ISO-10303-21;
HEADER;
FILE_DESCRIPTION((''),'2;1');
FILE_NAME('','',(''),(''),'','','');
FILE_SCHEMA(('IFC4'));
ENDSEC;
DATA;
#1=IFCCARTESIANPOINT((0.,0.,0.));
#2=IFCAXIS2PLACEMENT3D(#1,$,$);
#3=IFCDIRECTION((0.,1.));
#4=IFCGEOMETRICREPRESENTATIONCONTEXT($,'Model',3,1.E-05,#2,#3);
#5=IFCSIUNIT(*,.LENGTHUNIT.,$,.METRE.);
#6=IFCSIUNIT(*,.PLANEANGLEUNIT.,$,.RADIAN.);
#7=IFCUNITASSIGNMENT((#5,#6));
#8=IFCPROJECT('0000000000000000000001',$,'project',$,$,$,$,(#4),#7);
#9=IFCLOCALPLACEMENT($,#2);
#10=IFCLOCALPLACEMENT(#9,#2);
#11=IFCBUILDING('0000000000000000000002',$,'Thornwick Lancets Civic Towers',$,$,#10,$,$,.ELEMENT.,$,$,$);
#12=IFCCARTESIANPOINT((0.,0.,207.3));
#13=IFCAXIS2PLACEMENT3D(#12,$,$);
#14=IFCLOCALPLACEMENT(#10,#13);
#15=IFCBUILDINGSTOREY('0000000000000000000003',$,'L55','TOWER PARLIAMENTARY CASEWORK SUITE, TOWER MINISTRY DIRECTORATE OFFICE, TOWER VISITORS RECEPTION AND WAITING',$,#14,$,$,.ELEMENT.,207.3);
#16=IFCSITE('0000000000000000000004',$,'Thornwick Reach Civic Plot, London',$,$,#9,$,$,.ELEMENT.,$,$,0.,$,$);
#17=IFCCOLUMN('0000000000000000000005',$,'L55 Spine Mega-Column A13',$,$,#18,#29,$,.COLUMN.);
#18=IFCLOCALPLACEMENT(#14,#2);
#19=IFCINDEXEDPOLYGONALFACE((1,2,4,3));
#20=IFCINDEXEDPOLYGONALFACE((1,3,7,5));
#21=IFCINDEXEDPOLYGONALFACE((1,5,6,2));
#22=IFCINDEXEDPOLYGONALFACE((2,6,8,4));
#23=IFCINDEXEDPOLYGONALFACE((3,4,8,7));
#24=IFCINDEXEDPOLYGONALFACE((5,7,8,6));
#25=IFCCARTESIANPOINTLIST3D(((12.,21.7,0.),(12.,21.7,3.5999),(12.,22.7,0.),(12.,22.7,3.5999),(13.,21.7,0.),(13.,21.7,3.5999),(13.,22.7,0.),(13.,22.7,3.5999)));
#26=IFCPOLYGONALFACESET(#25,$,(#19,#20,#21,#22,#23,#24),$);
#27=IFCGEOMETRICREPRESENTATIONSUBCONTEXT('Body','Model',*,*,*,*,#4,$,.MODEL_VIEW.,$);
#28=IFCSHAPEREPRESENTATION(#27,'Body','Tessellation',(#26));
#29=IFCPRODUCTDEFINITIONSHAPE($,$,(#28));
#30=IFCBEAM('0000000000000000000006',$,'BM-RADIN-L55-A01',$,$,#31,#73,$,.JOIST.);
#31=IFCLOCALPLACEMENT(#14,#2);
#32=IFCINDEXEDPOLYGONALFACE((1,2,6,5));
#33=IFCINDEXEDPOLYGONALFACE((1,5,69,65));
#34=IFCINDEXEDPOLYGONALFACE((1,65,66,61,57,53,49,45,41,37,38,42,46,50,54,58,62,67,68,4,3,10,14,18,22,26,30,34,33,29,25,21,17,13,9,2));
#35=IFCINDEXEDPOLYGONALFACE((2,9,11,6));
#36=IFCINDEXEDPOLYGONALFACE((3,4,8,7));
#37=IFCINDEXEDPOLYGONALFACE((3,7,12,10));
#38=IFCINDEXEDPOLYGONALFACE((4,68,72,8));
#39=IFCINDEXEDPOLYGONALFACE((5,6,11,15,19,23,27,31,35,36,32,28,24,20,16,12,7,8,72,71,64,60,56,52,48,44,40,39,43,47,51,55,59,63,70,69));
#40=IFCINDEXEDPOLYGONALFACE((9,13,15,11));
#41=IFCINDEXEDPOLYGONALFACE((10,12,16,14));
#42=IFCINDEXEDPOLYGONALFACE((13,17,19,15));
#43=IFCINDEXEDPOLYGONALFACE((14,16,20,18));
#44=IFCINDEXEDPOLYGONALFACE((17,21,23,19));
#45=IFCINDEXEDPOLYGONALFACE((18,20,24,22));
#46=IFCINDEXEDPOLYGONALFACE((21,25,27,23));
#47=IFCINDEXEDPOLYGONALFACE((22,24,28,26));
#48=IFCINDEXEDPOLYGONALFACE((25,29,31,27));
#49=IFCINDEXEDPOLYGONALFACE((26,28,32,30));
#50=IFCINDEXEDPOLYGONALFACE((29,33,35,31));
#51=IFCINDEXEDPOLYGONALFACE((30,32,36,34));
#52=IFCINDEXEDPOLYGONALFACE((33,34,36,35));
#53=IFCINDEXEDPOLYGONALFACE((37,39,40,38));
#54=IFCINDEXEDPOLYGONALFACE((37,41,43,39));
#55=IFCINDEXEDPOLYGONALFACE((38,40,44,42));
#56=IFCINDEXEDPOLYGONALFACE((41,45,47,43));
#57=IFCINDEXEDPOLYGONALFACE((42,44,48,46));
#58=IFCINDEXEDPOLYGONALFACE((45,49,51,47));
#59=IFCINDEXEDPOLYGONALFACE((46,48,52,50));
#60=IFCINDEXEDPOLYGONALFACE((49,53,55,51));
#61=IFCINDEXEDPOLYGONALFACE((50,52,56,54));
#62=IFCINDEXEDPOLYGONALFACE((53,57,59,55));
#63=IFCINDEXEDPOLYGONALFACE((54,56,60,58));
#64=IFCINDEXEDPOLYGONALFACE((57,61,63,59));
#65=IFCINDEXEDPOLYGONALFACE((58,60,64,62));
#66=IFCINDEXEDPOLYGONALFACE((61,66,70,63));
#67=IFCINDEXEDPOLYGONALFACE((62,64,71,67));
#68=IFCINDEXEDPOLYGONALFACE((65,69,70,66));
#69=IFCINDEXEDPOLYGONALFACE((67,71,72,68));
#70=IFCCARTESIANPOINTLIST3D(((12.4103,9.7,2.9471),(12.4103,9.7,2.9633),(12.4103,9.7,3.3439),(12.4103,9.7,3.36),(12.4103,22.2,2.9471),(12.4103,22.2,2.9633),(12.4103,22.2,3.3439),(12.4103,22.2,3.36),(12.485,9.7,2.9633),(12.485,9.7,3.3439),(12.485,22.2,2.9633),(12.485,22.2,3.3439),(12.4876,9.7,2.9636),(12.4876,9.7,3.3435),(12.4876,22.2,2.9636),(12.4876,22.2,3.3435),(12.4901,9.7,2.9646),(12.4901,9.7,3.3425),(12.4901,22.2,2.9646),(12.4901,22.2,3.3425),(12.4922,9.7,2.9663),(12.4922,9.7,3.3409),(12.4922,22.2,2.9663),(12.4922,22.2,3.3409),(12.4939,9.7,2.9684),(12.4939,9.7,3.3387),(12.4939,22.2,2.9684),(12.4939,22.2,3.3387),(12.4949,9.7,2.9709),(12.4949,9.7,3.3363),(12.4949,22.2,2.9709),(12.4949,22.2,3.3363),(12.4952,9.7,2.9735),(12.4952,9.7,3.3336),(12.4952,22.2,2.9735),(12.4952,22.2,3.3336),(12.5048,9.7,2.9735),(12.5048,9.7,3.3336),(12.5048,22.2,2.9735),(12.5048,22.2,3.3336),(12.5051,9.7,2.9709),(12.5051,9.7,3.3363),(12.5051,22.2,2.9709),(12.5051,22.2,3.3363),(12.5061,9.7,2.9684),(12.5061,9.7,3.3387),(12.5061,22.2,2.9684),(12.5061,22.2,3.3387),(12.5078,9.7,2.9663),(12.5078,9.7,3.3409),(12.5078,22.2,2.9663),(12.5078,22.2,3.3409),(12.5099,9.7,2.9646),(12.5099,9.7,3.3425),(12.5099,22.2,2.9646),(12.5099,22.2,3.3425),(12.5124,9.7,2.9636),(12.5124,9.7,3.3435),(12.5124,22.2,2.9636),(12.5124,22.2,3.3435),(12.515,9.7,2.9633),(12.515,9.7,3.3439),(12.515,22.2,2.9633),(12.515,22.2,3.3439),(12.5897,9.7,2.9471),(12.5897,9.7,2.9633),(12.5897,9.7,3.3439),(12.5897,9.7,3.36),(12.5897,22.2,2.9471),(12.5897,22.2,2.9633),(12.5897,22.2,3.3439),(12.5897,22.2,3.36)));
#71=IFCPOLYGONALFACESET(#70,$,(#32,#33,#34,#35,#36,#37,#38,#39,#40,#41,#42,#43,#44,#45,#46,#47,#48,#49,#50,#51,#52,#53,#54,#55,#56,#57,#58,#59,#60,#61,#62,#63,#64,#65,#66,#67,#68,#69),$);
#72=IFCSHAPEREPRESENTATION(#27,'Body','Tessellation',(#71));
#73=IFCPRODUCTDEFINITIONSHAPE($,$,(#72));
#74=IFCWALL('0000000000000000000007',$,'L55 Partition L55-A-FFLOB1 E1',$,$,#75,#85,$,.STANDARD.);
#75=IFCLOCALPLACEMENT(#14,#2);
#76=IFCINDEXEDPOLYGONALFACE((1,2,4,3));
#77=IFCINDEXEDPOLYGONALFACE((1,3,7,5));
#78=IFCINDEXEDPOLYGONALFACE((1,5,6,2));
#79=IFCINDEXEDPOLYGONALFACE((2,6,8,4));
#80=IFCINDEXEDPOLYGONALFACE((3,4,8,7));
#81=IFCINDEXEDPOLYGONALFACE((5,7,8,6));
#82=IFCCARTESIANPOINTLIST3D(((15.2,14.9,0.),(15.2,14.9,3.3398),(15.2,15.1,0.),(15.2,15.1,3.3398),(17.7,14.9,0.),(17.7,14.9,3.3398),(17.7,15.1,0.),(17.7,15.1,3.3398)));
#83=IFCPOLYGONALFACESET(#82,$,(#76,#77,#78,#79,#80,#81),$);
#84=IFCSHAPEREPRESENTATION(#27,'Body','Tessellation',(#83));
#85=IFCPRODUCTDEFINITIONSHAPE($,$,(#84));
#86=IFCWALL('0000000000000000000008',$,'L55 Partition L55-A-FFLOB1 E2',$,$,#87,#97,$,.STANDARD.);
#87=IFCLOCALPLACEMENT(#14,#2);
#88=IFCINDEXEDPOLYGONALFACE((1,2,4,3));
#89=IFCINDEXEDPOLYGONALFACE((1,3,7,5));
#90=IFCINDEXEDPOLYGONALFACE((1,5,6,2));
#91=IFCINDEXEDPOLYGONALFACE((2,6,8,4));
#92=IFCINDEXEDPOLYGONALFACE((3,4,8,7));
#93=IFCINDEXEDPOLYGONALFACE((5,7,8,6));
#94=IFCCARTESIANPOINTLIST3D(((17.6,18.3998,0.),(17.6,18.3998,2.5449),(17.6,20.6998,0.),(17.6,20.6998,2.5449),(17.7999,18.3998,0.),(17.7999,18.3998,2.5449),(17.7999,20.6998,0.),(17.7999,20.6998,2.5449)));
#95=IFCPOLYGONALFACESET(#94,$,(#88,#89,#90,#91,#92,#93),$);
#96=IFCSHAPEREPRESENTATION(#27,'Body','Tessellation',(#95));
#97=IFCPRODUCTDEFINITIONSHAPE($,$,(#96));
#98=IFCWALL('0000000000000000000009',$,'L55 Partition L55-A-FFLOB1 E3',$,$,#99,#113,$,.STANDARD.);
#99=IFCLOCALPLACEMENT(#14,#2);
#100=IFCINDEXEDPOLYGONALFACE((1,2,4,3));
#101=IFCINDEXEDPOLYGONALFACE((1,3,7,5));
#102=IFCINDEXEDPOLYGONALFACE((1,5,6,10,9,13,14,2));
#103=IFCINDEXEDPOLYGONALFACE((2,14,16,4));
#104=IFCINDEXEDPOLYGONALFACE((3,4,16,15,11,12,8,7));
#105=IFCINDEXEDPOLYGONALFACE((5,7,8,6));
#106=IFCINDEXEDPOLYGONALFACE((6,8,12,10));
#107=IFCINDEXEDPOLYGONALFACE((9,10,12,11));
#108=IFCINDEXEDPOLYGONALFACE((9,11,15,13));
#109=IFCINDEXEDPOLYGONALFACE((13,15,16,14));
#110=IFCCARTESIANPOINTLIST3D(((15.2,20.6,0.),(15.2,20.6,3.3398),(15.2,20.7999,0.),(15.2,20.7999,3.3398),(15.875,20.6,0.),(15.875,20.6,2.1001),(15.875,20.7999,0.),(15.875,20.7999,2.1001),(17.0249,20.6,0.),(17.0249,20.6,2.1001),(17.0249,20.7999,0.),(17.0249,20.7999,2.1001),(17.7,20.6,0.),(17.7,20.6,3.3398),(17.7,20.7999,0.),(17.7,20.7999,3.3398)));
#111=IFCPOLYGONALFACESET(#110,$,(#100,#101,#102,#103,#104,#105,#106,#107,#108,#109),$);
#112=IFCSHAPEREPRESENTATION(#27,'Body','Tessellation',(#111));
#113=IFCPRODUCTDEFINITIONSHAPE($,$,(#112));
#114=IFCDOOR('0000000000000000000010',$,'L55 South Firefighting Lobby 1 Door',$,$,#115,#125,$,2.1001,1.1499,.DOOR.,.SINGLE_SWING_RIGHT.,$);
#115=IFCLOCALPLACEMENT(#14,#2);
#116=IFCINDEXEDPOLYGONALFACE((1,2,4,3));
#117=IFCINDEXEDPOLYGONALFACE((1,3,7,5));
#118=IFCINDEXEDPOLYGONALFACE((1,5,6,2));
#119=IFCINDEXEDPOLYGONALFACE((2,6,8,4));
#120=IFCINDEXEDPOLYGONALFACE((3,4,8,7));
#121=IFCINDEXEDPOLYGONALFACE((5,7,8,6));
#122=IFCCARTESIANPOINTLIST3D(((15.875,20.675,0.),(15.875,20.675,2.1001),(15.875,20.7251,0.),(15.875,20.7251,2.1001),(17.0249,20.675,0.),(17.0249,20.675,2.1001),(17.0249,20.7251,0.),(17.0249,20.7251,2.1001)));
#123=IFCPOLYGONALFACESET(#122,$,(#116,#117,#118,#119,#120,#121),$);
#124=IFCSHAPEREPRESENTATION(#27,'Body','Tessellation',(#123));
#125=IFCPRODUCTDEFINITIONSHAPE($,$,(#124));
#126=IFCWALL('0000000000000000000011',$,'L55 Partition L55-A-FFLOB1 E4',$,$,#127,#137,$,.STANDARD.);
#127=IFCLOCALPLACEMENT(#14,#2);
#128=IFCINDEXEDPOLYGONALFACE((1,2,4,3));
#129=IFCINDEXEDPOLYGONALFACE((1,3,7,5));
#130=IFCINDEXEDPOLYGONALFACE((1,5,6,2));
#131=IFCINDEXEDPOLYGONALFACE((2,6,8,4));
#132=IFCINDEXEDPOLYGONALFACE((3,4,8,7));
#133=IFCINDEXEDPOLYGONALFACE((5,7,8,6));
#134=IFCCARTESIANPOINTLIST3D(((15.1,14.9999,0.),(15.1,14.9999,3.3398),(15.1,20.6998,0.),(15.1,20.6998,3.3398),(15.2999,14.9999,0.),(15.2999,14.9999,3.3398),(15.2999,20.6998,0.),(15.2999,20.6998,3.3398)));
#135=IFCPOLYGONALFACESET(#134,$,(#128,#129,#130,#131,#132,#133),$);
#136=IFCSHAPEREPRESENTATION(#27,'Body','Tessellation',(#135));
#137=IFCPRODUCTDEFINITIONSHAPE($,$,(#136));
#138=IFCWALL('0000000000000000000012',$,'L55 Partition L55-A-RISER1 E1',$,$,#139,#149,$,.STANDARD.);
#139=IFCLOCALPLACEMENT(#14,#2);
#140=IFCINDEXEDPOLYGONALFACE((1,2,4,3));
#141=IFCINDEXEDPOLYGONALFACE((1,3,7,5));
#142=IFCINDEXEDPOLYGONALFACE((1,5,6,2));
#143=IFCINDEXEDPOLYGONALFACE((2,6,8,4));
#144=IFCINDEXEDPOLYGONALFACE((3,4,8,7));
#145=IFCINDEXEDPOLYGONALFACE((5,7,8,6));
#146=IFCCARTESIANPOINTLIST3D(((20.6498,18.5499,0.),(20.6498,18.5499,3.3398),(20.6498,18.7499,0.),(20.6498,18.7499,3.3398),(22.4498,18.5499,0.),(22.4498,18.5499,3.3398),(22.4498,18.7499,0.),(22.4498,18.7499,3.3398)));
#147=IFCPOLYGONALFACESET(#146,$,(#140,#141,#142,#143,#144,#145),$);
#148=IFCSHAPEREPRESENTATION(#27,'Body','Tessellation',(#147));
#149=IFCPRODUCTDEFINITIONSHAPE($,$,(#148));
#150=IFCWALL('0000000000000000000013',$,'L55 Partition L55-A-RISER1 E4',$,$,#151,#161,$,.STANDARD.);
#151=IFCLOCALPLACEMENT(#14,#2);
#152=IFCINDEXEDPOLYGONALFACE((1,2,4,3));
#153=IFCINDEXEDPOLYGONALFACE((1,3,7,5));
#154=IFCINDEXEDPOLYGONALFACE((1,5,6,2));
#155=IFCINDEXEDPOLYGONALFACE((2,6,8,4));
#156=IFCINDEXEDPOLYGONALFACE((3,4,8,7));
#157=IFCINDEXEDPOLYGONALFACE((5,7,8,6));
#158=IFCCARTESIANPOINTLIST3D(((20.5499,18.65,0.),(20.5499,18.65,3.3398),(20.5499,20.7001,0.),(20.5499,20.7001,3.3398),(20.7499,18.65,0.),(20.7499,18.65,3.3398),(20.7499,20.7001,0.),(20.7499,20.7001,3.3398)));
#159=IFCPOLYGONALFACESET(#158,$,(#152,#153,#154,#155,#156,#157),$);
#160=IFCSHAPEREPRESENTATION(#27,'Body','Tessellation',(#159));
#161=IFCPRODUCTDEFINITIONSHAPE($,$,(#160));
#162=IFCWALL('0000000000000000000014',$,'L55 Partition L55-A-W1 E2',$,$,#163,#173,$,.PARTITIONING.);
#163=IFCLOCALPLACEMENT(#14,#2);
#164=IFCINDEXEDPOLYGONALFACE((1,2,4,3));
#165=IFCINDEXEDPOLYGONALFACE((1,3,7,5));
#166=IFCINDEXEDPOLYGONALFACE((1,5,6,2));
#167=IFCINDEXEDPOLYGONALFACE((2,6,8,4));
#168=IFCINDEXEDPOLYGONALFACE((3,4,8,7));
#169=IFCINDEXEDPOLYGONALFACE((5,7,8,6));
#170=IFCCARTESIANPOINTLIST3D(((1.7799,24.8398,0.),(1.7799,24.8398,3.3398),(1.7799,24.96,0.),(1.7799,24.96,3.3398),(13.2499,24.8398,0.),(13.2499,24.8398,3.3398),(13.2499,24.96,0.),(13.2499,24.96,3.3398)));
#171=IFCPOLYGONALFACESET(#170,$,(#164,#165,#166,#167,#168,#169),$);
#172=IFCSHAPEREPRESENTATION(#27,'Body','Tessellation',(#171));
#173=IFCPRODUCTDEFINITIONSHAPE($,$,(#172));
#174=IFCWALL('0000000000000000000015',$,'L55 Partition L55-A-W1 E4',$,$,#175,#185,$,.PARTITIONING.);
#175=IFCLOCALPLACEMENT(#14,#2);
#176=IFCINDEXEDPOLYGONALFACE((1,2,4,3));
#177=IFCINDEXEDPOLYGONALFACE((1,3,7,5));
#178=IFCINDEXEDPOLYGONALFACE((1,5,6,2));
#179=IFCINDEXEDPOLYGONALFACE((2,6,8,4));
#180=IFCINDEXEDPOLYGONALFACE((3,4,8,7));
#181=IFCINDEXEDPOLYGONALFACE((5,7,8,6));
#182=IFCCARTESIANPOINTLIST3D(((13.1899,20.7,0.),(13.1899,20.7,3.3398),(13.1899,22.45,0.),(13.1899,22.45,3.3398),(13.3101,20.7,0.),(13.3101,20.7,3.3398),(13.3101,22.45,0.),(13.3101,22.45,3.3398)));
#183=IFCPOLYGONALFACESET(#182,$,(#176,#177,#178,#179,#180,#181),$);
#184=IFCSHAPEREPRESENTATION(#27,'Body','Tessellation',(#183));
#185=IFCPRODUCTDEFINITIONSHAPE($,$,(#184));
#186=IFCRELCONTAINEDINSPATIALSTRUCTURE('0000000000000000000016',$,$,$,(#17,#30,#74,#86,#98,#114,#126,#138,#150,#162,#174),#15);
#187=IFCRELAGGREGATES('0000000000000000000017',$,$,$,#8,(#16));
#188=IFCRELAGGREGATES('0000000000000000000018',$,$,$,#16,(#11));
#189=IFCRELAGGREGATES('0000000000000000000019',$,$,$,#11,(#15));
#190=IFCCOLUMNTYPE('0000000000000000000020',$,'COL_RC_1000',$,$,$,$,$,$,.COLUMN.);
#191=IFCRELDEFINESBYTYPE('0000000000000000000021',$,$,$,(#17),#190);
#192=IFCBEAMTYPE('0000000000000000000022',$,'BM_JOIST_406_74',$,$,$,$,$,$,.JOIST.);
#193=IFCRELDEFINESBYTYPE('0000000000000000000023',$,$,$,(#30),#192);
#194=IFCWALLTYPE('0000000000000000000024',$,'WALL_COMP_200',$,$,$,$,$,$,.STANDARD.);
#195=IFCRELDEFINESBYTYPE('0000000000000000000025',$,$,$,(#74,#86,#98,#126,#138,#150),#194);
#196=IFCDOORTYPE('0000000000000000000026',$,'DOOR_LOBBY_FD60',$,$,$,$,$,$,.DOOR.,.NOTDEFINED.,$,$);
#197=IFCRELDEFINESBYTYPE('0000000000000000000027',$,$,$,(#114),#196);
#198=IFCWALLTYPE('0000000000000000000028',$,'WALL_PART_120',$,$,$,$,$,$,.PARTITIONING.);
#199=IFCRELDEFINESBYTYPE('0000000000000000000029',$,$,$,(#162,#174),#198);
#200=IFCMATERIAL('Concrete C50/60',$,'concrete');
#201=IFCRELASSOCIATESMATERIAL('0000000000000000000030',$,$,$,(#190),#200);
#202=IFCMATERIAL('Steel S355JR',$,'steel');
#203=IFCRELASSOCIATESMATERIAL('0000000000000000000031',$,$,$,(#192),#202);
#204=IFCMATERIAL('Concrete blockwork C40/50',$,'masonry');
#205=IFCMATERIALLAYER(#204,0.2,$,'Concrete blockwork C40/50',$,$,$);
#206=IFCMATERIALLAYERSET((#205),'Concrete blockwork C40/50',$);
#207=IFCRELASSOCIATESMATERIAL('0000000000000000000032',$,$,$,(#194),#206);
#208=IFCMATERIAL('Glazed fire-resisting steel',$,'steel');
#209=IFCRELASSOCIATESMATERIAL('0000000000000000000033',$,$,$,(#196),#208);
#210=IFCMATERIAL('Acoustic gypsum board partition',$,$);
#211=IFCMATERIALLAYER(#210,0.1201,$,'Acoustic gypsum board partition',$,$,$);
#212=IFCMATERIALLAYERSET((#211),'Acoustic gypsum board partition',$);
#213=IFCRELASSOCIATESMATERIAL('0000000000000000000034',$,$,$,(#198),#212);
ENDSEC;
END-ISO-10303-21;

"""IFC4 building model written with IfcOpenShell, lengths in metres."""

from ifc_helpers import new_model, si_unit, direction, frame, frame_2d, origin, origin_2d, place, context, subcontext, project, spatial, rectangle, i_section, extrude, material, layer, layer_set, material_profile, profile_set, type_object, element, fill, save


model = new_model("IFC4")

# Units and contexts
model_context = context("Model", 3, precision=1e-05, world=origin(), true_north=direction((0.0, 1.0)))
body_context = subcontext(model_context, "Body", "Model", "MODEL_VIEW")
ifc_project = project(units=[si_unit("LENGTHUNIT", "METRE"), si_unit("PLANEANGLEUNIT", "RADIAN")], contexts=[model_context])

# Site, building, storey
site_placement = place(None, origin())
site = spatial("IfcSite", under=ifc_project, at=site_placement, Name="Thornwick Reach Civic Plot, London", CompositionType="ELEMENT", RefElevation=0.0)
building_placement = place(site_placement, origin())
building = spatial("IfcBuilding", under=site, at=building_placement, Name="Thornwick Lancets Civic Towers", CompositionType="ELEMENT")
storey_placement = place(building_placement, frame((0.0, 0.0, 207.3)))
storey = spatial("IfcBuildingStorey", under=building, at=storey_placement, Name="L55", Description="TOWER PARLIAMENTARY CASEWORK SUITE, TOWER MINISTRY DIRECTORATE OFFICE, TOWER VISITORS RECEPTION AND WAITING", CompositionType="ELEMENT", Elevation=207.3)

# Column
ifc_material_1 = material(Name="Concrete C50/60", Category="concrete")
ifc_material_profile_1 = material_profile(ifc_material_1, rectangle(XDim=1.0, YDim=1.0, at=origin_2d()), Name="RC 1000x1000")
ifc_profile_set_1 = profile_set([ifc_material_profile_1], Name="Concrete C50/60")
column_type = type_object("IfcColumnType", Name="COL_RC_1000", PredefinedType="COLUMN", material=ifc_profile_set_1)
column_placement = place(storey_placement, frame((12.5, 22.2, 0.0), z_axis=(0.0, 0.0, 1.0), x_axis=(1.0, 0.0, 0.0)))
element("IfcColumn", 1, at=column_placement, inside=storey, type_object=column_type, Name="L55 Spine Mega-Column A13", PredefinedType="COLUMN", context=body_context, shape_type="SweptSolid", body=[
    extrude(rectangle(XDim=1.0, YDim=1.0, at=origin_2d()), origin(), (0.0, 0.0, 1.0), 3.5999),
])

# Beam
ifc_material_2 = material(Name="Steel S355JR", Category="steel")
ifc_material_profile_2 = material_profile(ifc_material_2, i_section(OverallWidth=0.1794, OverallDepth=0.4128, WebThickness=0.0095, FlangeThickness=0.0161, FilletRadius=0.0103, at=origin_2d()), Name="UKB 406x178x74")
ifc_profile_set_2 = profile_set([ifc_material_profile_2], Name="Steel S355JR")
beam_type = type_object("IfcBeamType", Name="BM_JOIST_406_74", PredefinedType="JOIST", material=ifc_profile_set_2)
beam_placement = place(storey_placement, frame((12.5, 22.2, 3.1536), z_axis=(0.0, -1.0, 0.0), x_axis=(1.0, 0.0, 0.0)))
element("IfcBeam", 2, at=beam_placement, inside=storey, type_object=beam_type, Name="BM-RADIN-L55-A01", PredefinedType="JOIST", context=body_context, shape_type="SweptSolid", body=[
    extrude(i_section(OverallWidth=0.1794, OverallDepth=0.4128, WebThickness=0.0095, FlangeThickness=0.0161, FilletRadius=0.0103, at=origin_2d()), origin(), (0.0, 0.0, 1.0), 12.5),
])

# Walls
ifc_material_3 = material(Name="Concrete blockwork C40/50", Category="masonry")
ifc_layer_1 = layer(ifc_material_3, 0.2, Name="Concrete blockwork C40/50")
ifc_layer_set_1 = layer_set([ifc_layer_1], Name="Concrete blockwork C40/50")
wall_type_1 = type_object("IfcWallType", Name="WALL_COMP_200", PredefinedType="STANDARD", material=ifc_layer_set_1)
wall_1_placement = place(storey_placement, frame((15.2, 15.0, 0.0), z_axis=(0.0, 0.0, 1.0), x_axis=(1.0, 0.0, 0.0)))
element("IfcWall", 3, at=wall_1_placement, inside=storey, type_object=wall_type_1, Name="L55 Partition L55-A-FFLOB1 E1", PredefinedType="STANDARD", context=body_context, shape_type="SweptSolid", body=[
    extrude(rectangle(XDim=2.5, YDim=0.2, at=frame_2d((1.25, 0.0))), origin(), (0.0, 0.0, 1.0), 3.3398),
])
wall_2_placement = place(storey_placement, frame((17.7, 18.3999, 0.0), z_axis=(0.0, 0.0, 1.0), x_axis=(0.0, 1.0, 0.0)))
element("IfcWall", 4, at=wall_2_placement, inside=storey, type_object=wall_type_1, Name="L55 Partition L55-A-FFLOB1 E2", PredefinedType="STANDARD", context=body_context, shape_type="SweptSolid", body=[
    extrude(rectangle(XDim=2.3, YDim=0.2, at=frame_2d((1.1499, 0.0))), origin(), (0.0, 0.0, 1.0), 2.5449),
])

# Wall, opening, door
wall_3_placement = place(storey_placement, frame((17.7, 20.7, 0.0), z_axis=(0.0, 0.0, 1.0), x_axis=(-1.0, 0.0, 0.0)))
wall_3 = element("IfcWall", 5, at=wall_3_placement, inside=storey, type_object=wall_type_1, Name="L55 Partition L55-A-FFLOB1 E3", PredefinedType="STANDARD", context=body_context, shape_type="SweptSolid", body=[
    extrude(rectangle(XDim=2.5, YDim=0.2, at=frame_2d((1.25, 0.0))), origin(), (0.0, 0.0, 1.0), 3.3398),
])
opening_1_placement = place(wall_3_placement, frame((0.675, 0.0, 0.0)))
opening_1 = element("IfcOpeningElement", 6, at=opening_1_placement, cuts=wall_3, PredefinedType="OPENING", context=body_context, shape_type="SweptSolid", body=[
    extrude(rectangle(XDim=1.1499, YDim=2.1001, at=frame_2d((0.575, 1.05))), frame((0.0, 0.1099, 0.0), z_axis=(0.0, -1.0, 0.0), x_axis=(1.0, 0.0, 0.0)), (0.0, 0.0, 1.0), 0.22),
])
ifc_material_4 = material(Name="Glazed fire-resisting steel", Category="steel")
door_type_1 = type_object("IfcDoorType", Name="DOOR_LOBBY_FD60", OperationType="NOTDEFINED", PredefinedType="DOOR", material=ifc_material_4)
door_1_placement = place(opening_1_placement, origin())
door_1 = element("IfcDoor", 7, at=door_1_placement, inside=storey, type_object=door_type_1, Name="L55 South Firefighting Lobby 1 Door", OperationType="SINGLE_SWING_RIGHT", OverallHeight=2.1001, OverallWidth=1.1499, PredefinedType="DOOR", context=body_context, shape_type="SweptSolid", body=[
    extrude(rectangle(XDim=1.1499, YDim=2.1001, at=frame_2d((0.575, 1.05))), frame((0.0, 0.0249, 0.0), z_axis=(0.0, -1.0, 0.0), x_axis=(1.0, 0.0, 0.0)), (0.0, 0.0, 1.0), 0.05),
])
fill(opening_1, door_1)

# Walls
wall_4_placement = place(storey_placement, frame((15.2, 20.7, 0.0), z_axis=(0.0, 0.0, 1.0), x_axis=(0.0, -1.0, 0.0)))
element("IfcWall", 8, at=wall_4_placement, inside=storey, type_object=wall_type_1, Name="L55 Partition L55-A-FFLOB1 E4", PredefinedType="STANDARD", context=body_context, shape_type="SweptSolid", body=[
    extrude(rectangle(XDim=5.7, YDim=0.2, at=frame_2d((2.8501, 0.0))), origin(), (0.0, 0.0, 1.0), 3.3398),
])
wall_5_placement = place(storey_placement, frame((20.6499, 18.6499, 0.0), z_axis=(0.0, 0.0, 1.0), x_axis=(1.0, 0.0, 0.0)))
element("IfcWall", 9, at=wall_5_placement, inside=storey, type_object=wall_type_1, Name="L55 Partition L55-A-RISER1 E1", PredefinedType="STANDARD", context=body_context, shape_type="SweptSolid", body=[
    extrude(rectangle(XDim=1.8, YDim=0.2, at=frame_2d((0.8999, 0.0))), origin(), (0.0, 0.0, 1.0), 3.3398),
])
wall_6_placement = place(storey_placement, frame((20.6499, 20.7, 0.0), z_axis=(0.0, 0.0, 1.0), x_axis=(0.0, -1.0, 0.0)))
element("IfcWall", 10, at=wall_6_placement, inside=storey, type_object=wall_type_1, Name="L55 Partition L55-A-RISER1 E4", PredefinedType="STANDARD", context=body_context, shape_type="SweptSolid", body=[
    extrude(rectangle(XDim=2.05, YDim=0.2, at=frame_2d((1.0249, 0.0))), origin(), (0.0, 0.0, 1.0), 3.3398),
])
ifc_material_5 = material(Name="Acoustic gypsum board partition")
ifc_layer_2 = layer(ifc_material_5, 0.1201, Name="Acoustic gypsum board partition")
ifc_layer_set_2 = layer_set([ifc_layer_2], Name="Acoustic gypsum board partition")
wall_type_2 = type_object("IfcWallType", Name="WALL_PART_120", PredefinedType="PARTITIONING", material=ifc_layer_set_2)
wall_7_placement = place(storey_placement, frame((1.78, 24.8999, 0.0), z_axis=(0.0, 0.0, 1.0), x_axis=(1.0, 0.0, 0.0)))
element("IfcWall", 11, at=wall_7_placement, inside=storey, type_object=wall_type_2, Name="L55 Partition L55-A-W1 E2", PredefinedType="PARTITIONING", context=body_context, shape_type="SweptSolid", body=[
    extrude(rectangle(XDim=11.47, YDim=0.1201, at=frame_2d((5.7349, 0.0))), origin(), (0.0, 0.0, 1.0), 3.3398),
])
wall_8_placement = place(storey_placement, frame((13.25, 22.45, 0.0), z_axis=(0.0, 0.0, 1.0), x_axis=(0.0, -1.0, 0.0)))
element("IfcWall", 12, at=wall_8_placement, inside=storey, type_object=wall_type_2, Name="L55 Partition L55-A-W1 E4", PredefinedType="PARTITIONING", context=body_context, shape_type="SweptSolid", body=[
    extrude(rectangle(XDim=1.75, YDim=0.1201, at=frame_2d((0.875, 0.0))), origin(), (0.0, 0.0, 1.0), 3.3398),
])

save(model, "model.ifc")
